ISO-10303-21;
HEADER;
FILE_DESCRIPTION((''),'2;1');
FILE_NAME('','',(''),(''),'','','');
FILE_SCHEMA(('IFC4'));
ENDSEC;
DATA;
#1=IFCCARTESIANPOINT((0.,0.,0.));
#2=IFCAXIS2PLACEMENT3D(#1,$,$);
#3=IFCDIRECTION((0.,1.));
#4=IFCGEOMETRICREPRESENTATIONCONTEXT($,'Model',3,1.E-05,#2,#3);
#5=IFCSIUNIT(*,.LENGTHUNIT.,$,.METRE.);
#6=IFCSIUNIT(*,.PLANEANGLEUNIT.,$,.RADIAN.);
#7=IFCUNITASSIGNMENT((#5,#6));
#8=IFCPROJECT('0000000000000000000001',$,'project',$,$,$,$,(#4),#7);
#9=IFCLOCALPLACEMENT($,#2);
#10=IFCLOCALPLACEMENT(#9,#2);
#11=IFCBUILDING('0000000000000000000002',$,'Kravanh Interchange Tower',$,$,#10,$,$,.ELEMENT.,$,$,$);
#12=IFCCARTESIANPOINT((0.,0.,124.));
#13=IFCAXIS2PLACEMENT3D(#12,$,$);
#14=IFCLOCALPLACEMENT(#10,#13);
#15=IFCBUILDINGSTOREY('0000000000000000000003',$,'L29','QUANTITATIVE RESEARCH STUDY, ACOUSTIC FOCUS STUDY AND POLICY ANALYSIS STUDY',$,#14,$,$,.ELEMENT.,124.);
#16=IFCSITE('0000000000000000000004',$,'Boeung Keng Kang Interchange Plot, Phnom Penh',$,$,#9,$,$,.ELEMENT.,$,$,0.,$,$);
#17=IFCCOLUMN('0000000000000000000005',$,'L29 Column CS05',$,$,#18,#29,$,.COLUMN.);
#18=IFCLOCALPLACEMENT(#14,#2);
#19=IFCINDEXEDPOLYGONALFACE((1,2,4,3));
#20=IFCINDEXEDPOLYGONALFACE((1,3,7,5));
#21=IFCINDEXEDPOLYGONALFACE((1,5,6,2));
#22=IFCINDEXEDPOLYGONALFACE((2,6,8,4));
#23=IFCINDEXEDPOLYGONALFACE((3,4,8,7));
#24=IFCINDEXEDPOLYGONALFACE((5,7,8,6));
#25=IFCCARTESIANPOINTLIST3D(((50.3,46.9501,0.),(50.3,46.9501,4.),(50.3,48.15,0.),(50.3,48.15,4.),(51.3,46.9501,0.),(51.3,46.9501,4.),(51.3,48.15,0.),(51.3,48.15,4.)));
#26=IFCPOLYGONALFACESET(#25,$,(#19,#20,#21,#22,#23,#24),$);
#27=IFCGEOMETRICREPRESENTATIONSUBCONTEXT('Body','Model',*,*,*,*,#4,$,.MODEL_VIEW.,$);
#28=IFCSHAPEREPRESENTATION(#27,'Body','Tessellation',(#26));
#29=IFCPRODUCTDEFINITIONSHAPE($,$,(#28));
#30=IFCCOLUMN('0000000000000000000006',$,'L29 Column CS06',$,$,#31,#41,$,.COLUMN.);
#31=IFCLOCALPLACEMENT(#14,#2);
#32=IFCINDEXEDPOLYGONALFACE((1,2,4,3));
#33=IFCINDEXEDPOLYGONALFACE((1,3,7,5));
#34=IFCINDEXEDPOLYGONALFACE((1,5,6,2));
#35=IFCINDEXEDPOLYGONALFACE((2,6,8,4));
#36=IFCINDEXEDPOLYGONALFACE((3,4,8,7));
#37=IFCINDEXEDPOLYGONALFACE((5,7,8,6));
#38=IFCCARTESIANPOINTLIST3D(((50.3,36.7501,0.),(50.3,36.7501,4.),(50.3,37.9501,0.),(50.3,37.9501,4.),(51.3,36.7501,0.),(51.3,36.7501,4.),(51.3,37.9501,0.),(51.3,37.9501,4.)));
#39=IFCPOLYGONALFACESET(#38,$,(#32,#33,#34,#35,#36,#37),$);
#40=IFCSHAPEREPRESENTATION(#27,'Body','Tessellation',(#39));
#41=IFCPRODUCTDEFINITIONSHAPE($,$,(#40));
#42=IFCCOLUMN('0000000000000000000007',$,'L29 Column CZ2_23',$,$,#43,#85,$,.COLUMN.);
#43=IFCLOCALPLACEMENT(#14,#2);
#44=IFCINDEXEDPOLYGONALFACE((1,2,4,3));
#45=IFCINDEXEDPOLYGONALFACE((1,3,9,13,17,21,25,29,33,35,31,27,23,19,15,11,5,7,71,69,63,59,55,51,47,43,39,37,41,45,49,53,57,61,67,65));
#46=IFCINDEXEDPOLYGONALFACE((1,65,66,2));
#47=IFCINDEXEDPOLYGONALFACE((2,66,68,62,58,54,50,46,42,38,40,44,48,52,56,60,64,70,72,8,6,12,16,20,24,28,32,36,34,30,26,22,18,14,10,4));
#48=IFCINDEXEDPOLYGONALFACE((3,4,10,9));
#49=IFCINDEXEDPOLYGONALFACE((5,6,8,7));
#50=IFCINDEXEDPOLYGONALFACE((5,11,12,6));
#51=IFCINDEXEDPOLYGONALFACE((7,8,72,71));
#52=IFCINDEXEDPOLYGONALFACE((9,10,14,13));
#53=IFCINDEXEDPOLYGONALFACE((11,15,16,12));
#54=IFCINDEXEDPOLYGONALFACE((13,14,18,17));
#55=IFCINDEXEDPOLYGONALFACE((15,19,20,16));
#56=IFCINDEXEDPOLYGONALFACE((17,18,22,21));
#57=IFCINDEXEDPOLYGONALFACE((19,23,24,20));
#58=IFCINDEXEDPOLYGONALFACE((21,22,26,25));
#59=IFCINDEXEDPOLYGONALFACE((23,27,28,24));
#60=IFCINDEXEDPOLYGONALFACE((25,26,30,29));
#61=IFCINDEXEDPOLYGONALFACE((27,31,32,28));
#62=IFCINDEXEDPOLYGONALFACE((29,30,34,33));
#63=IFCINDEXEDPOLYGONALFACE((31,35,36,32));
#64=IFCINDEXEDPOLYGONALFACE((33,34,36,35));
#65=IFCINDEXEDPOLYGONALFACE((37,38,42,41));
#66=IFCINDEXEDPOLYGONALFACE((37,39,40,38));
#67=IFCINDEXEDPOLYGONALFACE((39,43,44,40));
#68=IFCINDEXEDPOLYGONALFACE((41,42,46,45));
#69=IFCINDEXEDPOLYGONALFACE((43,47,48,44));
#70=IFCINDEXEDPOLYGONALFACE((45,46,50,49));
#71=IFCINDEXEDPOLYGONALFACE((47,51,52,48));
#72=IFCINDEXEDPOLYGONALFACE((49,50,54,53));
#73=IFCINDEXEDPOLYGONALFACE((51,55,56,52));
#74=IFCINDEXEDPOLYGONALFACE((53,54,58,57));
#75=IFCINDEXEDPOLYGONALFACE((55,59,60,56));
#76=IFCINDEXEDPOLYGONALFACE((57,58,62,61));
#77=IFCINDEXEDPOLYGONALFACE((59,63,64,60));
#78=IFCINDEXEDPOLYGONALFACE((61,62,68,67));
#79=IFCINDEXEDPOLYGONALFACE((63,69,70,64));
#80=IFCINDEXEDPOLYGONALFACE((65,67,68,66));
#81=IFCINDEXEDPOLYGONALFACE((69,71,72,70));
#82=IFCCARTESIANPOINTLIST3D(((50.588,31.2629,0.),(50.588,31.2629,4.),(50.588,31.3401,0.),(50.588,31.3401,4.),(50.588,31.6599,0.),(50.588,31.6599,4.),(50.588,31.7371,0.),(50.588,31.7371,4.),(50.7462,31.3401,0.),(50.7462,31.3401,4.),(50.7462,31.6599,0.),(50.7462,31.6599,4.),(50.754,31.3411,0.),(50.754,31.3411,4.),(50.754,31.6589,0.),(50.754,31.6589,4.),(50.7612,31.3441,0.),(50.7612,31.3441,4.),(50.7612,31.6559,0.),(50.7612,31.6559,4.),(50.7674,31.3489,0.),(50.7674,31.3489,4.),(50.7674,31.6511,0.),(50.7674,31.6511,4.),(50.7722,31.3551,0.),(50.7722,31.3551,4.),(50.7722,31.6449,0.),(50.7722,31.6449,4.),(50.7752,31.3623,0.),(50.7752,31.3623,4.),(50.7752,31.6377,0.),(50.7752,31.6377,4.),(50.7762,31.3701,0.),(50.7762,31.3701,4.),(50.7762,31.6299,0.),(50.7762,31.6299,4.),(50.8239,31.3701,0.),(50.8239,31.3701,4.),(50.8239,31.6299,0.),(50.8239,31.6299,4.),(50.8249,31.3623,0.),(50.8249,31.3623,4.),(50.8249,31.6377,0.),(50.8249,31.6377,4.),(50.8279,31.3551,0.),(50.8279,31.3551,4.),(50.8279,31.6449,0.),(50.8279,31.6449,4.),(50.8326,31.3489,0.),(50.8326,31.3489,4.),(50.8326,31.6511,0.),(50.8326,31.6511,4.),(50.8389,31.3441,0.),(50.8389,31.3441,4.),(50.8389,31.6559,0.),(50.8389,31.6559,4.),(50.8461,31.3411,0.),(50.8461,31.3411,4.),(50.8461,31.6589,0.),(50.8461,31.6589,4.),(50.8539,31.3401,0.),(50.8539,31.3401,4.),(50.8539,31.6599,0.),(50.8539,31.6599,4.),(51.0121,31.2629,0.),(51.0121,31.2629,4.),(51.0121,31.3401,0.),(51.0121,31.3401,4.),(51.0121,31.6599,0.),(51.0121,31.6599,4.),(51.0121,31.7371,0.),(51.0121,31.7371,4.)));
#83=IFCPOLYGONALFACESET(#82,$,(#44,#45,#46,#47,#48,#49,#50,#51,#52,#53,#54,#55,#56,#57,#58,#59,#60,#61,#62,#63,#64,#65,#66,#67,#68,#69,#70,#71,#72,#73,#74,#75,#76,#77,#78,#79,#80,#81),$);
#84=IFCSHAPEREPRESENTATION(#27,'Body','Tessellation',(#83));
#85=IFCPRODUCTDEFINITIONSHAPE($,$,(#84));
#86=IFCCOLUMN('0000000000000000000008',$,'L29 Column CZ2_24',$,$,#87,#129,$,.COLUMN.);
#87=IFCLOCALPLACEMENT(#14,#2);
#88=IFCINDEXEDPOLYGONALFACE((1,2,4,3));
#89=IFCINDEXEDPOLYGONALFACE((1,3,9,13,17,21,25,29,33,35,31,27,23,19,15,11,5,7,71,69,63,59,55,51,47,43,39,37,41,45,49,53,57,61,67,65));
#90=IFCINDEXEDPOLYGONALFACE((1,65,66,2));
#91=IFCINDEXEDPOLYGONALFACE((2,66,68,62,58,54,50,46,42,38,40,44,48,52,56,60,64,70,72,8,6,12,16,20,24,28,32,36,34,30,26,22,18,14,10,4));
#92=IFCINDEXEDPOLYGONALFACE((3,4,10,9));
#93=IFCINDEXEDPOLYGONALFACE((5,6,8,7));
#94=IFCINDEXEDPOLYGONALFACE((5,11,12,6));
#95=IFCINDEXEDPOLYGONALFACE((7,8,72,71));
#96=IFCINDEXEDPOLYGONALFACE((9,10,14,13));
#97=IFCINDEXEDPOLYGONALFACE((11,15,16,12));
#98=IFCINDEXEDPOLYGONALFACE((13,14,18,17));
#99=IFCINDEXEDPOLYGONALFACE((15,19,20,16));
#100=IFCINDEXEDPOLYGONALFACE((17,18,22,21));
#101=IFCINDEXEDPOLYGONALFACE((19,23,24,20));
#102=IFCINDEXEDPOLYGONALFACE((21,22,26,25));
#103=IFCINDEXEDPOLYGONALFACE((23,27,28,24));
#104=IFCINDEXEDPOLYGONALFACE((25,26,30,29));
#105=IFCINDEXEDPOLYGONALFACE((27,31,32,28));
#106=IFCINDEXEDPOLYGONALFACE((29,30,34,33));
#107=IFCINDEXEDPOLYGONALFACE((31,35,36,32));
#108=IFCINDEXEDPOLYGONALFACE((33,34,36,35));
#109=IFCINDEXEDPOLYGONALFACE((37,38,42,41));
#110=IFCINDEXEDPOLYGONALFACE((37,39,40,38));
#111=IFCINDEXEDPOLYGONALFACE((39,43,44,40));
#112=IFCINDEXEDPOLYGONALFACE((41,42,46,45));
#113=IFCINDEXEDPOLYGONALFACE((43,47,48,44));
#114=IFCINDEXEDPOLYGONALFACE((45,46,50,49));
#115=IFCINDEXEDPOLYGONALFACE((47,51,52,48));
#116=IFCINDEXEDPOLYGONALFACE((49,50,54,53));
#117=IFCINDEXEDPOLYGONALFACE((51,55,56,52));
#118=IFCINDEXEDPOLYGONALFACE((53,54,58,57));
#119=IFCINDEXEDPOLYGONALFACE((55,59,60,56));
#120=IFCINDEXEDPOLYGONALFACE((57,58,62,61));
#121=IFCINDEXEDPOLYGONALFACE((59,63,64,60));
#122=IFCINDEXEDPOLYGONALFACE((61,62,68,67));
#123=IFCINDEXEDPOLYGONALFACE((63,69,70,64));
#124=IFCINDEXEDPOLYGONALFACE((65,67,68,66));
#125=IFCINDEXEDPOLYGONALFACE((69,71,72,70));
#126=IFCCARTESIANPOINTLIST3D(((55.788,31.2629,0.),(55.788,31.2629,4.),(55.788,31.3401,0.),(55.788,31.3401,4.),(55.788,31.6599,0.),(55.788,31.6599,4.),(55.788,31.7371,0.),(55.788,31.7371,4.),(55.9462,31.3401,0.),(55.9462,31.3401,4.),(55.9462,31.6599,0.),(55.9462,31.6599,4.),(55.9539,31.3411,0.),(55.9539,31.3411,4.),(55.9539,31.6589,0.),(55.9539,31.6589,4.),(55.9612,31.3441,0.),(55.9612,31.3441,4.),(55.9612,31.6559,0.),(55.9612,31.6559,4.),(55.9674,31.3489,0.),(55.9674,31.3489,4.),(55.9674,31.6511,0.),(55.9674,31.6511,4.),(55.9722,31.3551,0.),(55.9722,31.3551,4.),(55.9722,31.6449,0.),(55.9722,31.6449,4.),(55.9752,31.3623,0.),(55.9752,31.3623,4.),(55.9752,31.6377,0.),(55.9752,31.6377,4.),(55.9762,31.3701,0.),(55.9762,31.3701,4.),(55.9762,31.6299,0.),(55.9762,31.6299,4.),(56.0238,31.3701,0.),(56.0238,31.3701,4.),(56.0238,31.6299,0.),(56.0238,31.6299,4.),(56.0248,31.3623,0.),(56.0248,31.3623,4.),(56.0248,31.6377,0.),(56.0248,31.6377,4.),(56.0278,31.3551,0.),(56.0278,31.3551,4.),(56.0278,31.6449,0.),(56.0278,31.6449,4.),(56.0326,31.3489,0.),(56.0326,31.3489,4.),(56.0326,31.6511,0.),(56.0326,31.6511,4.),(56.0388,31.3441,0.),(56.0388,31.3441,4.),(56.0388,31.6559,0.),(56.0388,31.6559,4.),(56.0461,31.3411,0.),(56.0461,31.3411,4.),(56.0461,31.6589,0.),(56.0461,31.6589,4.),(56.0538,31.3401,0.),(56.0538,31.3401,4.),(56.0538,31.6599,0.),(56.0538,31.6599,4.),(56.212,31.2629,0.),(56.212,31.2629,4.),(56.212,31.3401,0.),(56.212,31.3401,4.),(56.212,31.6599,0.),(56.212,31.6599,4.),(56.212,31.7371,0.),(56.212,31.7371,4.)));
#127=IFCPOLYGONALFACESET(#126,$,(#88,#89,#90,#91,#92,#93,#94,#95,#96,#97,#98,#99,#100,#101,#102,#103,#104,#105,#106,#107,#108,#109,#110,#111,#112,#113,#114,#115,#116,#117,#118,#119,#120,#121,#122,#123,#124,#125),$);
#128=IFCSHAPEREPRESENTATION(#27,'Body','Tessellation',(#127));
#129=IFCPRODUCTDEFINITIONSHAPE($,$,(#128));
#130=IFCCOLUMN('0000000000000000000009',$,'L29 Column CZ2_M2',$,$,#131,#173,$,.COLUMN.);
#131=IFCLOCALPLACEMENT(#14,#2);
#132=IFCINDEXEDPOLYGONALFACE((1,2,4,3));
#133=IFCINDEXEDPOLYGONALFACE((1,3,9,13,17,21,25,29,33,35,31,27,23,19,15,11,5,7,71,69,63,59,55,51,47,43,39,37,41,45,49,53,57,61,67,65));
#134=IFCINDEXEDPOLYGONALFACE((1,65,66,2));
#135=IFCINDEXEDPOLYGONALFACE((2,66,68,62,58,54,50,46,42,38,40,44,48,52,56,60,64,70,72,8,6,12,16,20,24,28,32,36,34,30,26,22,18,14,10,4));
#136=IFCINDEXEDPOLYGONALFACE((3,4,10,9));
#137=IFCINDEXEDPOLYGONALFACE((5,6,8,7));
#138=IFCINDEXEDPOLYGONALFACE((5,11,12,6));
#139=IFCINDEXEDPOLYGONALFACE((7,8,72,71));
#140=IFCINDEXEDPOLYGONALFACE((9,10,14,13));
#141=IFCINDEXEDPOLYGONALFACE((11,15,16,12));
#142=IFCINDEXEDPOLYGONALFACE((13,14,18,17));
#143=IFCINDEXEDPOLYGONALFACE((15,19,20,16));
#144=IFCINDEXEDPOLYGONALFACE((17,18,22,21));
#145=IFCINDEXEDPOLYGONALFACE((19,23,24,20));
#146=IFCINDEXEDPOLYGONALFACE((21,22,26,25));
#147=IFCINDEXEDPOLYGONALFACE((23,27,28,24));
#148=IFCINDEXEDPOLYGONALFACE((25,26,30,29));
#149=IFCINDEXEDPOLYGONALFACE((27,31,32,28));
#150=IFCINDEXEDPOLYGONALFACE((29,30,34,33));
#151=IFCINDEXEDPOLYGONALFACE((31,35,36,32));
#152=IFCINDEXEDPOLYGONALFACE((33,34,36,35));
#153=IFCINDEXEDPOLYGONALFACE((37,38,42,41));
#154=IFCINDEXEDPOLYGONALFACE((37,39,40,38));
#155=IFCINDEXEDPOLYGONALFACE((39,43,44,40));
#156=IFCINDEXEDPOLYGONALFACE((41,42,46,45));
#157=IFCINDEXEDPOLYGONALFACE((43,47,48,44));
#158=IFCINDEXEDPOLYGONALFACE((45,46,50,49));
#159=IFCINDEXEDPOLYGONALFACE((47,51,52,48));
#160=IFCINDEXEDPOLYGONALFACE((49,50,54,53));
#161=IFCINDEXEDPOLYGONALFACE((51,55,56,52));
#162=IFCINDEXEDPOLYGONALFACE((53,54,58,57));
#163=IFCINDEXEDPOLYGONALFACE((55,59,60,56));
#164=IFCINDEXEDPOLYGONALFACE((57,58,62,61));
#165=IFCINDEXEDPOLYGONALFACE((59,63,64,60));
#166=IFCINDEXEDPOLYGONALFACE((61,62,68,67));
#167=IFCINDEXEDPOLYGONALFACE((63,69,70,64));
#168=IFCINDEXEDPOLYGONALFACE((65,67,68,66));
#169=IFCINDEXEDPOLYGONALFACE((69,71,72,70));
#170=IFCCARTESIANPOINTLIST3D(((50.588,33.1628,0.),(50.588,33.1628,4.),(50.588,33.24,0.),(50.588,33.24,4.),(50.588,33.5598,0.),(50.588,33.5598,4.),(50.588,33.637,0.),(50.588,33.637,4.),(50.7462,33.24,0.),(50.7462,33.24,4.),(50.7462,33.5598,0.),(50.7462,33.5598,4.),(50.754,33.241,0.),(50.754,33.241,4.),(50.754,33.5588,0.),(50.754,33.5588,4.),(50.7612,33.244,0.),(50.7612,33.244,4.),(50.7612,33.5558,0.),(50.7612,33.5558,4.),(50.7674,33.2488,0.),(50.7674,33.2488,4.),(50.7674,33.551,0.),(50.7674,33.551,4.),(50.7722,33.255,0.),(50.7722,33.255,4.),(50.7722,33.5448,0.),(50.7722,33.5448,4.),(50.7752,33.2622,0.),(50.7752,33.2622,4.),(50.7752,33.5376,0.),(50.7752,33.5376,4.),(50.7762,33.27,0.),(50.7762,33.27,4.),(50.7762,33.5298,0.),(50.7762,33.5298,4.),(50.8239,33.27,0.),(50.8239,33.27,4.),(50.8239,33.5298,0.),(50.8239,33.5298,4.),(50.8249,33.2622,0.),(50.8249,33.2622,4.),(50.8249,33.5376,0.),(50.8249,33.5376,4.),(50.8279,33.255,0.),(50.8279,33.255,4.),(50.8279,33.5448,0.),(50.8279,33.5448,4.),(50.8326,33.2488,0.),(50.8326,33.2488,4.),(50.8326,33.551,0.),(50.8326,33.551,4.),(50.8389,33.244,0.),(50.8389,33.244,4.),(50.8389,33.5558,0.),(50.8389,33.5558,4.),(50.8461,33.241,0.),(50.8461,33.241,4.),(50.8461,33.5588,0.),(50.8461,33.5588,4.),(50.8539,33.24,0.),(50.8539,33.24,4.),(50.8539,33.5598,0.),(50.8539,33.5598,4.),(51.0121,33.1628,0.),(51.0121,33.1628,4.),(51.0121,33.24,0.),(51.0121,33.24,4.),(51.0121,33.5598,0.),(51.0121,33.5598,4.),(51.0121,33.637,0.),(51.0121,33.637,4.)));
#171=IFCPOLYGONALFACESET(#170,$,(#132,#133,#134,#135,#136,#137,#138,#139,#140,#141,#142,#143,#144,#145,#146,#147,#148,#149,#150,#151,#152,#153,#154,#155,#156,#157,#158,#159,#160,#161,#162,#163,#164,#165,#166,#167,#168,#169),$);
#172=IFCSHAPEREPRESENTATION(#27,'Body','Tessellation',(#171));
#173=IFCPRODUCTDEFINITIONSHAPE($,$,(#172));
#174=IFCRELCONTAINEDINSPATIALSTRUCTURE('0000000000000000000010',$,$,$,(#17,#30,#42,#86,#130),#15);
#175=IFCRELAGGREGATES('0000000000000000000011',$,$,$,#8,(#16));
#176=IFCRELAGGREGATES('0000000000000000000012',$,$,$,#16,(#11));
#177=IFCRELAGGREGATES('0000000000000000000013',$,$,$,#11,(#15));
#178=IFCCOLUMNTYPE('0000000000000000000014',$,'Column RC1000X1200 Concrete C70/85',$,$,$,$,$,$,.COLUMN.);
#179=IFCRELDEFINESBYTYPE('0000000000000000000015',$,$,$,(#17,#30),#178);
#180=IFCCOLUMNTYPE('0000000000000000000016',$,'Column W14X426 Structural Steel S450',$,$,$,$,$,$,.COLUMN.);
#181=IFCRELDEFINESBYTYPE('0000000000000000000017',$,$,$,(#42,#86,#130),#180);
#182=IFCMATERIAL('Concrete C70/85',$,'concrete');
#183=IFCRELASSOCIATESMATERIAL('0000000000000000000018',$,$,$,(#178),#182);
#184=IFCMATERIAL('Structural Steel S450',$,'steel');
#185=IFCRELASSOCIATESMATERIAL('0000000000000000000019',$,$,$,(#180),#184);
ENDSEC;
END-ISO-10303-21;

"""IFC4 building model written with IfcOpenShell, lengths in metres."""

from ifc_helpers import new_model, si_unit, direction, frame, origin, origin_2d, place, context, subcontext, project, spatial, rectangle, i_section, extrude, material, material_profile, profile_set, type_object, element, save


model = new_model("IFC4")

# Units and contexts
model_context = context("Model", 3, precision=1e-05, world=origin(), true_north=direction((0.0, 1.0)))
body_context = subcontext(model_context, "Body", "Model", "MODEL_VIEW")
ifc_project = project(units=[si_unit("LENGTHUNIT", "METRE"), si_unit("PLANEANGLEUNIT", "RADIAN")], contexts=[model_context])

# Site, building, storey
site_placement = place(None, origin())
site = spatial("IfcSite", under=ifc_project, at=site_placement, Name="Boeung Keng Kang Interchange Plot, Phnom Penh", CompositionType="ELEMENT", RefElevation=0.0)
building_placement = place(site_placement, origin())
building = spatial("IfcBuilding", under=site, at=building_placement, Name="Kravanh Interchange Tower", CompositionType="ELEMENT")
storey_placement = place(building_placement, frame((0.0, 0.0, 124.0)))
storey = spatial("IfcBuildingStorey", under=building, at=storey_placement, Name="L29", Description="QUANTITATIVE RESEARCH STUDY, ACOUSTIC FOCUS STUDY AND POLICY ANALYSIS STUDY", CompositionType="ELEMENT", Elevation=124.0)

# Columns
ifc_material_1 = material(Name="Concrete C70/85", Category="concrete")
ifc_material_profile_1 = material_profile(ifc_material_1, rectangle(XDim=1.0, YDim=1.2, at=origin_2d()), Name="RC1000X1200")
ifc_profile_set_1 = profile_set([ifc_material_profile_1], Name="Concrete C70/85")
column_type_1 = type_object("IfcColumnType", Name="Column RC1000X1200 Concrete C70/85", PredefinedType="COLUMN", material=ifc_profile_set_1)
for number, where, z_axis, x_axis, name in (
    (1, (50.8, 47.55, 0.0), (0.0, 0.0, 1.0), (1.0, 0.0, 0.0), "L29 Column CS05"),
    (2, (50.8, 37.3501, 0.0), (0.0, 0.0, 1.0), (1.0, 0.0, 0.0), "L29 Column CS06"),
):
    element("IfcColumn", number, at=place(storey_placement, frame(where, z_axis=z_axis, x_axis=x_axis)), inside=storey, type_object=column_type_1, Name=name, PredefinedType="COLUMN", context=body_context, shape_type="SweptSolid", body=[
        extrude(rectangle(XDim=1.0, YDim=1.2, at=origin_2d()), origin(), (0.0, 0.0, 1.0), 4.0),
    ])
ifc_material_2 = material(Name="Structural Steel S450", Category="steel")
ifc_material_profile_2 = material_profile(ifc_material_2, i_section(OverallWidth=0.4241, OverallDepth=0.4741, WebThickness=0.0476, FlangeThickness=0.0771, FilletRadius=0.03, at=origin_2d()), Name="W14X426")
ifc_profile_set_2 = profile_set([ifc_material_profile_2], Name="Structural Steel S450")
column_type_2 = type_object("IfcColumnType", Name="Column W14X426 Structural Steel S450", PredefinedType="COLUMN", material=ifc_profile_set_2)
for number, where, z_axis, x_axis, name in (
    (3, (50.8, 31.5, 0.0), (0.0, 0.0, 1.0), (1.0, 0.0, 0.0), "L29 Column CZ2_23"),
    (4, (56.0, 31.5, 0.0), (0.0, 0.0, 1.0), (1.0, 0.0, 0.0), "L29 Column CZ2_24"),
    (5, (50.8, 33.3999, 0.0), (0.0, 0.0, 1.0), (1.0, 0.0, 0.0), "L29 Column CZ2_M2"),
):
    element("IfcColumn", number, at=place(storey_placement, frame(where, z_axis=z_axis, x_axis=x_axis)), inside=storey, type_object=column_type_2, Name=name, PredefinedType="COLUMN", context=body_context, shape_type="SweptSolid", body=[
        extrude(i_section(OverallWidth=0.4241, OverallDepth=0.4741, WebThickness=0.0476, FlangeThickness=0.0771, FilletRadius=0.03, at=origin_2d()), origin(), (0.0, 0.0, 1.0), 4.0),
    ])

save(model, "model.ifc")
